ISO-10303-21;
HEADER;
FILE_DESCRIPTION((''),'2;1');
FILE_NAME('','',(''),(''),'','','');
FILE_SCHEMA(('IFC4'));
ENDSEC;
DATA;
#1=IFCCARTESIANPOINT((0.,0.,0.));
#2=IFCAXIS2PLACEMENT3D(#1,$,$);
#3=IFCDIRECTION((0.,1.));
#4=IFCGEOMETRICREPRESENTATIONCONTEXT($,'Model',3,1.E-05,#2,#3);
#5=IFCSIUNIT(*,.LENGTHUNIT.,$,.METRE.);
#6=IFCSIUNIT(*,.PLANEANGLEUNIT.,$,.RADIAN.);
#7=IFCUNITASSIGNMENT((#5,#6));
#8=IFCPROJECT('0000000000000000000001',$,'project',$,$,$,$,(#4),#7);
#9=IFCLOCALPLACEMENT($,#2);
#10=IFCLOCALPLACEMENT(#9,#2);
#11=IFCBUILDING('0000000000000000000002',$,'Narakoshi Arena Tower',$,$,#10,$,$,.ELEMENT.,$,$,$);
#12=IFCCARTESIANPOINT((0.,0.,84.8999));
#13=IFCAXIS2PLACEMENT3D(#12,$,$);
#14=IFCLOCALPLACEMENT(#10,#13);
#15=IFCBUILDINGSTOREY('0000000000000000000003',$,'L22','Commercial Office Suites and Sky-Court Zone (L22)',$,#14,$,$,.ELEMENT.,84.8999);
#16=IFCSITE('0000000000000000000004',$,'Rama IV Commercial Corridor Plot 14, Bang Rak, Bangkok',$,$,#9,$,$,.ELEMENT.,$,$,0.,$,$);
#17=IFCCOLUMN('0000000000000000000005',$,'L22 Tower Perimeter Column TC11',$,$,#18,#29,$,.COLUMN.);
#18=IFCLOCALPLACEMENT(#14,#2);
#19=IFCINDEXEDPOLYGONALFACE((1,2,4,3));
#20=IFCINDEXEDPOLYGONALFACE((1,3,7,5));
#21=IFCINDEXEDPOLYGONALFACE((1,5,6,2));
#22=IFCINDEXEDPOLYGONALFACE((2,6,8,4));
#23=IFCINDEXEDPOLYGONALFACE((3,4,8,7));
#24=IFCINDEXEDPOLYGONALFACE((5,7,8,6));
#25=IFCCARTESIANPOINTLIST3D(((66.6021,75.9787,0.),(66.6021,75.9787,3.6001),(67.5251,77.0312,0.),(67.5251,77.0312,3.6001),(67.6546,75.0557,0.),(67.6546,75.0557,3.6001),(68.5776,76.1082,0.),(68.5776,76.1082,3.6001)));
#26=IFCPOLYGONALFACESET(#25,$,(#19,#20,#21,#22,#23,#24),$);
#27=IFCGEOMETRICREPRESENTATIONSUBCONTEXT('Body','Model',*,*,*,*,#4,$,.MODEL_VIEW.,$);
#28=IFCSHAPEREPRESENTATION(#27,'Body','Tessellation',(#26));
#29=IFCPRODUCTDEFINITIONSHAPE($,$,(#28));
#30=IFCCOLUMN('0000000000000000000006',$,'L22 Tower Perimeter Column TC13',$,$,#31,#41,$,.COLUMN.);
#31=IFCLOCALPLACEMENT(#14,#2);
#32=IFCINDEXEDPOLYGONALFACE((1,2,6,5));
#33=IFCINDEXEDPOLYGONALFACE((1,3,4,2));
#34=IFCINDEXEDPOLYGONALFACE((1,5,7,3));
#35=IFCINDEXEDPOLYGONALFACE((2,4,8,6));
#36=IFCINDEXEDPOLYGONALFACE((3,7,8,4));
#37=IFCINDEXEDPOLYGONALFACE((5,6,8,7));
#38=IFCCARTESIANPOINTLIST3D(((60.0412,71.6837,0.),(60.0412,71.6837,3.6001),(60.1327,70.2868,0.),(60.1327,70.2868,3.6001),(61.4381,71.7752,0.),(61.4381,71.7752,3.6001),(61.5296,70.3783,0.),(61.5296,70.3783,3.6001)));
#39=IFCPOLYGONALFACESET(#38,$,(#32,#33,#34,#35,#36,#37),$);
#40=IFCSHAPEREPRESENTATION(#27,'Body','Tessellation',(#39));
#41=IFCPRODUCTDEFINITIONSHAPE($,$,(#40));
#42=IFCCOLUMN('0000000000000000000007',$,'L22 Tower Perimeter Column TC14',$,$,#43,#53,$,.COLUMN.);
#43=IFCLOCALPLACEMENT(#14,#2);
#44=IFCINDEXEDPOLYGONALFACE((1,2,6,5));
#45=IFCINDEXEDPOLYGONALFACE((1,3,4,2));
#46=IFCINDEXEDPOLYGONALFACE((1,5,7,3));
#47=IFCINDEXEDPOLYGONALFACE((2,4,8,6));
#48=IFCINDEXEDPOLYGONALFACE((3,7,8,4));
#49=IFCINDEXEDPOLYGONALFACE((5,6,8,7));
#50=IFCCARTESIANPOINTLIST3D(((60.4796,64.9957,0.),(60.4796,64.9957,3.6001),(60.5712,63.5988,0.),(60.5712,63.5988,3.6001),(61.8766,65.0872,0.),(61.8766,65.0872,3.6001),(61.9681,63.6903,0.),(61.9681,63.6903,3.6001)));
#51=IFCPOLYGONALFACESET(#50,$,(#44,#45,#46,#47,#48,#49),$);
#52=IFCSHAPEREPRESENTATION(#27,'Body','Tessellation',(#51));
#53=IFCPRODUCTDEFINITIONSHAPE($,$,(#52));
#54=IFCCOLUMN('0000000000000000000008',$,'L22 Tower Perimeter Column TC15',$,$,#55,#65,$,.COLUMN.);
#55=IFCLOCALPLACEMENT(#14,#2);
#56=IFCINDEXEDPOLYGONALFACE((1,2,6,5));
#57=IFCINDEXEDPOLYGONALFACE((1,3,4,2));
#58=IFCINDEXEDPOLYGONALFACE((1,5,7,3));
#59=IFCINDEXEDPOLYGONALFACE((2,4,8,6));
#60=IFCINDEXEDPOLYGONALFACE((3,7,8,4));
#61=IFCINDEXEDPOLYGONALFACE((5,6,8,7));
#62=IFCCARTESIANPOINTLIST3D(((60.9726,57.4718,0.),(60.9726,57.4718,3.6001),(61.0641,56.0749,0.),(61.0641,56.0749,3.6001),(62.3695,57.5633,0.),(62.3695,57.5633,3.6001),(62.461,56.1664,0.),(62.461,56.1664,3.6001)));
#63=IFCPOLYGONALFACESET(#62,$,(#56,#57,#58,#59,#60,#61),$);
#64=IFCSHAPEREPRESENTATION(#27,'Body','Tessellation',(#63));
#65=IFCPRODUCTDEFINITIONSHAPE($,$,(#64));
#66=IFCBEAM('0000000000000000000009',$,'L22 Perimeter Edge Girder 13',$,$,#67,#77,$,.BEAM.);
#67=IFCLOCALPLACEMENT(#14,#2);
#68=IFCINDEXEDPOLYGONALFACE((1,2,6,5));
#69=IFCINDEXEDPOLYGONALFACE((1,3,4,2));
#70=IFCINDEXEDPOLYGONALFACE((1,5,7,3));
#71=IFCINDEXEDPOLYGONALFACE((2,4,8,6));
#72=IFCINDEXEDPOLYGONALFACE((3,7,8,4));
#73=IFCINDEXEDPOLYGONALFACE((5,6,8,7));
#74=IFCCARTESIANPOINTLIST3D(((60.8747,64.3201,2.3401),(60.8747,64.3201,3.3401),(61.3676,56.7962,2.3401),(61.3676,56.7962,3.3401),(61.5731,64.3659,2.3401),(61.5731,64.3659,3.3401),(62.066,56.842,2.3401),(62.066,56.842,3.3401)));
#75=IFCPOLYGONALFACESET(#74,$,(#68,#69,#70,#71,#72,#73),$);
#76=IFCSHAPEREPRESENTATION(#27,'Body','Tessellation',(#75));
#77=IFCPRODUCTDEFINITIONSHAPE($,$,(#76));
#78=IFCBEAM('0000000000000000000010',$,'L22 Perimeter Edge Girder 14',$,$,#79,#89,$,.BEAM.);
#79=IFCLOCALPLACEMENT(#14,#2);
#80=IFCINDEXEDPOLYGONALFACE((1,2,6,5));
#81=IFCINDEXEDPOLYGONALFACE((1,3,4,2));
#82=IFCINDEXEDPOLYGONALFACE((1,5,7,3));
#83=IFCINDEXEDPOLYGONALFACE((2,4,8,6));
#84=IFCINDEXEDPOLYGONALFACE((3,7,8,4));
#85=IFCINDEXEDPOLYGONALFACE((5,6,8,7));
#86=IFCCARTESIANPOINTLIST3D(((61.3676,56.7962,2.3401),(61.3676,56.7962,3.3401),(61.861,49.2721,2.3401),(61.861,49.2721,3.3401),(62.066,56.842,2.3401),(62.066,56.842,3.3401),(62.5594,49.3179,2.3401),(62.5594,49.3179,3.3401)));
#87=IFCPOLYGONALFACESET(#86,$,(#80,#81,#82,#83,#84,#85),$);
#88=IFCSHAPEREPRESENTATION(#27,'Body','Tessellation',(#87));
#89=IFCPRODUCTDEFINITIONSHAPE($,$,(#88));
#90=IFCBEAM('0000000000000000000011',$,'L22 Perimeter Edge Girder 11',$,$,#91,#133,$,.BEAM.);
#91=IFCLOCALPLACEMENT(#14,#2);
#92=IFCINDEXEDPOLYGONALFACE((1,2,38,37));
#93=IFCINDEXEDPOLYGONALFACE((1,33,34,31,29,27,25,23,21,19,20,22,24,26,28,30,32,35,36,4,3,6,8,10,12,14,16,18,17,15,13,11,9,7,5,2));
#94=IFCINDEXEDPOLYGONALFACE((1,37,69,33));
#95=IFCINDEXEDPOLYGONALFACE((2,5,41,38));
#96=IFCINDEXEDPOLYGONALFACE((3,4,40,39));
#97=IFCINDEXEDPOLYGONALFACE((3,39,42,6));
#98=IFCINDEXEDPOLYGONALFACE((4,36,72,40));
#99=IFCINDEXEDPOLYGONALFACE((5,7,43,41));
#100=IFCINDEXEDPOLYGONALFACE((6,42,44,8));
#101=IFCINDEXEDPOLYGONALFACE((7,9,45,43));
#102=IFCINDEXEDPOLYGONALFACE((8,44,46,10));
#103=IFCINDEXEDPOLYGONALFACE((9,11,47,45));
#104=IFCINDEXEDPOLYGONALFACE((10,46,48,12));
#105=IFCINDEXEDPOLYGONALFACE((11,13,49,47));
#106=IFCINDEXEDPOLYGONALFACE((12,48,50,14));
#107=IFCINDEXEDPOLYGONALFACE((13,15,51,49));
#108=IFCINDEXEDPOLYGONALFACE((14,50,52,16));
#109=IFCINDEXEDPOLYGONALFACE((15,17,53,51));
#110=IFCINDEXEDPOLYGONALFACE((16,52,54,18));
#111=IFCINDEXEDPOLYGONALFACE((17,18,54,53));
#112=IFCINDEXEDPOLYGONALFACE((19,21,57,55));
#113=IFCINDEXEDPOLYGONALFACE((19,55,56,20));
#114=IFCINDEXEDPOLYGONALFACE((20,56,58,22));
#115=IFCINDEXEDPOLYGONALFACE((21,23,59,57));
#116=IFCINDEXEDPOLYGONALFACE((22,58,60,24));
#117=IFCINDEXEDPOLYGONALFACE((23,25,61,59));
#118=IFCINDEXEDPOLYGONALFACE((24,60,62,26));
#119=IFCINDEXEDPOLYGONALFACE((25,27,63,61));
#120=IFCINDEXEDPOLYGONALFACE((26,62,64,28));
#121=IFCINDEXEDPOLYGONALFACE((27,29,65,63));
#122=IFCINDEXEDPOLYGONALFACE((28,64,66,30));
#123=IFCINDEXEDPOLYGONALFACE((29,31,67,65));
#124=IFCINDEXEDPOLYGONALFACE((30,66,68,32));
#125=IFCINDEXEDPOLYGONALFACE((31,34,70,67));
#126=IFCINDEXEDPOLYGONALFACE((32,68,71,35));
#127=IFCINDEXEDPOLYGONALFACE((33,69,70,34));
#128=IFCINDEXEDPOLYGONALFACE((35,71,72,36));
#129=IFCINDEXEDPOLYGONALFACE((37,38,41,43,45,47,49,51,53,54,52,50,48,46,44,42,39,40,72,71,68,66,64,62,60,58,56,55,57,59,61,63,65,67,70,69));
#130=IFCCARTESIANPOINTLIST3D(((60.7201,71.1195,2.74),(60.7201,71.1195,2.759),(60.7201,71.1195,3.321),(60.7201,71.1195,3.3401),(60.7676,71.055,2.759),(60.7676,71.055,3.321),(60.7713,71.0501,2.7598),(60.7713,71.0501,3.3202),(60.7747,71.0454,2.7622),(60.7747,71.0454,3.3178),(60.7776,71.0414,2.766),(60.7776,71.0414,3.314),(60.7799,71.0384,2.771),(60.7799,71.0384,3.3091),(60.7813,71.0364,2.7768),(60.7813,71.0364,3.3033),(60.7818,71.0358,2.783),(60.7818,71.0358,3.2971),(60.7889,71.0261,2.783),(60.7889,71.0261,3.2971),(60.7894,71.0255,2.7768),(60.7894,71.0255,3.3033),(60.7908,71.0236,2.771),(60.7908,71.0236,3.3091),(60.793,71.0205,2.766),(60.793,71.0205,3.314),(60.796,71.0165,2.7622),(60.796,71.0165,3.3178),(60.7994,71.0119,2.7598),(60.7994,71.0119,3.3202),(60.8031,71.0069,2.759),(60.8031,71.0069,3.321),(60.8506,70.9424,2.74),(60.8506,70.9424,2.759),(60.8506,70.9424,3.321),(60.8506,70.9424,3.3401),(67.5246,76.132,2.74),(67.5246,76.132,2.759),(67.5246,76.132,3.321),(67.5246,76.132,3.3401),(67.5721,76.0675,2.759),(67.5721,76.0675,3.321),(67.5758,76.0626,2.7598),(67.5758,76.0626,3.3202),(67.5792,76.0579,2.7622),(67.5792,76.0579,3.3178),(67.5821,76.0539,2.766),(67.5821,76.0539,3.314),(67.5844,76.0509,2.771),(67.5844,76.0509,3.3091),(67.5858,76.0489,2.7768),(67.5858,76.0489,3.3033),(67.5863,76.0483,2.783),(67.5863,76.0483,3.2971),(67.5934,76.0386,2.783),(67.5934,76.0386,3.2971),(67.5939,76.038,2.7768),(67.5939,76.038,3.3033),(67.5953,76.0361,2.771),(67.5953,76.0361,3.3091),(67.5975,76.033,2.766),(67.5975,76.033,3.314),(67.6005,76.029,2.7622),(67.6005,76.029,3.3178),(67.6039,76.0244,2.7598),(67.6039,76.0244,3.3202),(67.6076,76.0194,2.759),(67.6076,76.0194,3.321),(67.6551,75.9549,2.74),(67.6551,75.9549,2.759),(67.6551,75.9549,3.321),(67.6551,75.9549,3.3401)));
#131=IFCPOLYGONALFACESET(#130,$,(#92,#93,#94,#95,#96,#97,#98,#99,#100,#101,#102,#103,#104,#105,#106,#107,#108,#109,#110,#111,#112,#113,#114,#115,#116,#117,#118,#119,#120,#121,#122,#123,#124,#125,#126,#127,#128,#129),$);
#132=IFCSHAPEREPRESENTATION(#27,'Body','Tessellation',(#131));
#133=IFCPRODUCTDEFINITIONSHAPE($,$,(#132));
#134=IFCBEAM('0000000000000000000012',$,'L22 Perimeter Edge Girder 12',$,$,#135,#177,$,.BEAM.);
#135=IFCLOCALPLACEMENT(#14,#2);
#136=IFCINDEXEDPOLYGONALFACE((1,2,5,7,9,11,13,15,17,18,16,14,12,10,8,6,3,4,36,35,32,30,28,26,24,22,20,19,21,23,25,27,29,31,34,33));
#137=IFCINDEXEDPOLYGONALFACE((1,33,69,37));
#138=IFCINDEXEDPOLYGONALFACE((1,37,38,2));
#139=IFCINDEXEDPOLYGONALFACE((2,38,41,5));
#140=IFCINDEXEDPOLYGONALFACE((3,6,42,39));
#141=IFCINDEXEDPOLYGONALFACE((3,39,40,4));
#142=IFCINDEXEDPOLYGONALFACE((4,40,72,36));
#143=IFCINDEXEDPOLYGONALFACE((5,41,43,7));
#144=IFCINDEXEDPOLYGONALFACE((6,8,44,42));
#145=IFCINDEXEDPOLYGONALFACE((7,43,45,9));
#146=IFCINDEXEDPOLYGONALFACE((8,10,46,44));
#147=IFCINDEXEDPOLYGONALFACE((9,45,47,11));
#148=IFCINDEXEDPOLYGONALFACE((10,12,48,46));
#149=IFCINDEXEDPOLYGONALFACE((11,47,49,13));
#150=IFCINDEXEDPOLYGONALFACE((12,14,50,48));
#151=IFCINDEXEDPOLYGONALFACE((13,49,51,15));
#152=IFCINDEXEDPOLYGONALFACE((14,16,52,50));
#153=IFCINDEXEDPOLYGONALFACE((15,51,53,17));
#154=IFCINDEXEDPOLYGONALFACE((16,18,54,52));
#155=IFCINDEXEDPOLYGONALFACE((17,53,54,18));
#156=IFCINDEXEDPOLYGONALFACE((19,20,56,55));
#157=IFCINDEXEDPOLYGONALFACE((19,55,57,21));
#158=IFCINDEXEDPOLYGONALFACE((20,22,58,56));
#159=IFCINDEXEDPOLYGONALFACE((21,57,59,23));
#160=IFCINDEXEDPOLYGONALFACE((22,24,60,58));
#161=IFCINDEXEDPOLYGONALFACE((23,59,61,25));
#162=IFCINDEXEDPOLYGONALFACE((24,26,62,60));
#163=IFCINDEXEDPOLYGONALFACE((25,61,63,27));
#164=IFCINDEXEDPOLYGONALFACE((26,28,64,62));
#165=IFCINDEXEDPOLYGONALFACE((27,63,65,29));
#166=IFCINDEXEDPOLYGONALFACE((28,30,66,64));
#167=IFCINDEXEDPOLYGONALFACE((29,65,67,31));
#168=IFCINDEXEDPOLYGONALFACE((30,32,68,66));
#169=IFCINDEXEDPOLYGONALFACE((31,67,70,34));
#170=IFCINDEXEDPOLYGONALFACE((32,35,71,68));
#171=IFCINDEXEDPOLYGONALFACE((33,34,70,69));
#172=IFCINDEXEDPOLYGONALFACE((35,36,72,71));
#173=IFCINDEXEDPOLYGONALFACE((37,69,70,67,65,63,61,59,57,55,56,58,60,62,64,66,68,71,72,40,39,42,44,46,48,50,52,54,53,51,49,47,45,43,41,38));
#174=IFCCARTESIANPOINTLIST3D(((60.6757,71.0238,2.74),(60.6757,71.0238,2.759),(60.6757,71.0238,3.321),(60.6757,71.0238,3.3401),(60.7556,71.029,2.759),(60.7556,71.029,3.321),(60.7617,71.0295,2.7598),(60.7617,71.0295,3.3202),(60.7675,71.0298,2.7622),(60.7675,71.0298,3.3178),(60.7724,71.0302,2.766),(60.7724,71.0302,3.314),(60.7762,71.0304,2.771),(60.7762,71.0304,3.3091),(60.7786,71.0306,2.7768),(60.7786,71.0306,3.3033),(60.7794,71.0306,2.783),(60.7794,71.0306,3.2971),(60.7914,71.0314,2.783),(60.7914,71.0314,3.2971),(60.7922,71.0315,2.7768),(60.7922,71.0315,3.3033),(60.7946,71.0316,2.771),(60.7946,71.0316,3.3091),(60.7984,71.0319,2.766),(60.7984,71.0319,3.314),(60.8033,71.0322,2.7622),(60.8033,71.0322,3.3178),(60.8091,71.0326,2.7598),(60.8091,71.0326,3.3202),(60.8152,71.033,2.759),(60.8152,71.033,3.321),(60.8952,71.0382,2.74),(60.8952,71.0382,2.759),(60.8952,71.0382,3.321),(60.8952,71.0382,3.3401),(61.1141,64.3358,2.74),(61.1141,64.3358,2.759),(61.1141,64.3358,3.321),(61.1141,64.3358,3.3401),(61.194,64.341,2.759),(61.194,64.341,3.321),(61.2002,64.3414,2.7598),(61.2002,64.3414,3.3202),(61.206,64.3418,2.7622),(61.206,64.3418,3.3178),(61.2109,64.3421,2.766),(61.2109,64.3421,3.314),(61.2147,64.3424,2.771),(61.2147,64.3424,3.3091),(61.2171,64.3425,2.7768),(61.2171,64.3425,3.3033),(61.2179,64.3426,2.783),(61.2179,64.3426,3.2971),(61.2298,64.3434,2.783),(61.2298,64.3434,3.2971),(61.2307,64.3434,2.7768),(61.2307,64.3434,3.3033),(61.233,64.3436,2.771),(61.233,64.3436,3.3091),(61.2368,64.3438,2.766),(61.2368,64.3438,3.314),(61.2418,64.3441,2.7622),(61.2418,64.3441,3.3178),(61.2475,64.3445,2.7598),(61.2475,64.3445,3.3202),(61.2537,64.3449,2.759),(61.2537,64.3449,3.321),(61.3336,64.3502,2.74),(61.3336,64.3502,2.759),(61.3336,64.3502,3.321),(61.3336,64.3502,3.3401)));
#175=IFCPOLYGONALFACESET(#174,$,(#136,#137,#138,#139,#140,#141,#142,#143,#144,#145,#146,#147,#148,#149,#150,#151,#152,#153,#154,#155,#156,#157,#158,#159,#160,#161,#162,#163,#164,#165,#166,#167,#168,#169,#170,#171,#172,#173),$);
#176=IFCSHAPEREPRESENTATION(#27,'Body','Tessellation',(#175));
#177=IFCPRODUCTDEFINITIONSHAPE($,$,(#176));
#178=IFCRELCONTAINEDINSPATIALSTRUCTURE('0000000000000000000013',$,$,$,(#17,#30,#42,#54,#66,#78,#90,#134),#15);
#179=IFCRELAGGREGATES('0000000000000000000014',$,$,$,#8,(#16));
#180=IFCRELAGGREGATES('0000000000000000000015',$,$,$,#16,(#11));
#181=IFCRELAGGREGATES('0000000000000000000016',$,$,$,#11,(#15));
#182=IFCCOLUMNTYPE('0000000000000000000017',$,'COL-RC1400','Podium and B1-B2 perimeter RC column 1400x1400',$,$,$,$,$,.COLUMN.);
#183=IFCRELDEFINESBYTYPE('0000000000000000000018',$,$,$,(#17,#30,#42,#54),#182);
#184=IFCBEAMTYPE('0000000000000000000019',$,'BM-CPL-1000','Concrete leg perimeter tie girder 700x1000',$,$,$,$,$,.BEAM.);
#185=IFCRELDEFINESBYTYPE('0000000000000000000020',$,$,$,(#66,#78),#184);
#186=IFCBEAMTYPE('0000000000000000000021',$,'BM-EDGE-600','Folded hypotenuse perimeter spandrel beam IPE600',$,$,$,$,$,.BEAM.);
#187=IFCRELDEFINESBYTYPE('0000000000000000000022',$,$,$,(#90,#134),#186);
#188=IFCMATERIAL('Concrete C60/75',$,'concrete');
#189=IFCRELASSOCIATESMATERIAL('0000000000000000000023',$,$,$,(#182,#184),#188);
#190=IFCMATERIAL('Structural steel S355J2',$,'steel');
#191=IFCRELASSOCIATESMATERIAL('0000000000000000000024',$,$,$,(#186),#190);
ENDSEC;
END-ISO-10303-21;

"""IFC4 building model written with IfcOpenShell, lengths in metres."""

from ifc_helpers import new_model, si_unit, direction, frame, origin, origin_2d, place, context, subcontext, project, spatial, rectangle, i_section, extrude, material, material_profile, profile_set, type_object, element, save


model = new_model("IFC4")

# Units and contexts
model_context = context("Model", 3, precision=1e-05, world=origin(), true_north=direction((0.0, 1.0)))
body_context = subcontext(model_context, "Body", "Model", "MODEL_VIEW")
ifc_project = project(units=[si_unit("LENGTHUNIT", "METRE"), si_unit("PLANEANGLEUNIT", "RADIAN")], contexts=[model_context])

# Site, building, storey
site_placement = place(None, origin())
site = spatial("IfcSite", under=ifc_project, at=site_placement, Name="Rama IV Commercial Corridor Plot 14, Bang Rak, Bangkok", CompositionType="ELEMENT", RefElevation=0.0)
building_placement = place(site_placement, origin())
building = spatial("IfcBuilding", under=site, at=building_placement, Name="Narakoshi Arena Tower", CompositionType="ELEMENT")
storey_placement = place(building_placement, frame((0.0, 0.0, 84.8999)))
storey = spatial("IfcBuildingStorey", under=building, at=storey_placement, Name="L22", Description="Commercial Office Suites and Sky-Court Zone (L22)", CompositionType="ELEMENT", Elevation=84.8999)

# Columns
ifc_material_1 = material(Name="Concrete C60/75", Category="concrete")
ifc_material_profile_1 = material_profile(ifc_material_1, rectangle(XDim=1.3999, YDim=1.3999, at=origin_2d()), Name="RC1400x1400")
ifc_profile_set_1 = profile_set([ifc_material_profile_1], Name="Concrete C60/75")
column_type = type_object("IfcColumnType", Name="COL-RC1400", Description="Podium and B1-B2 perimeter RC column 1400x1400", PredefinedType="COLUMN", material=ifc_profile_set_1)
for number, where, z_axis, x_axis, name in (
    (1, (67.5898, 76.0435, 0.0), (0.0, 0.0, 1.0), (0.659346, 0.75184, 0.0), "L22 Tower Perimeter Column TC11"),
    (2, (60.7854, 71.031, 0.0), (0.0, 0.0, 1.0), (-0.065403, 0.997859, 0.0), "L22 Tower Perimeter Column TC13"),
    (3, (61.2239, 64.343, 0.0), (0.0, 0.0, 1.0), (-0.065403, 0.997859, 0.0), "L22 Tower Perimeter Column TC14"),
    (4, (61.7168, 56.8191, 0.0), (0.0, 0.0, 1.0), (-0.065403, 0.997859, 0.0), "L22 Tower Perimeter Column TC15"),
):
    element("IfcColumn", number, at=place(storey_placement, frame(where, z_axis=z_axis, x_axis=x_axis)), inside=storey, type_object=column_type, Name=name, PredefinedType="COLUMN", context=body_context, shape_type="SweptSolid", body=[
        extrude(rectangle(XDim=1.3999, YDim=1.3999, at=origin_2d()), origin(), (0.0, 0.0, 1.0), 3.6001),
    ])

# Beams
ifc_material_profile_2 = material_profile(ifc_material_1, rectangle(XDim=0.7, YDim=1.0, at=origin_2d()), Name="RCB700x1000")
ifc_profile_set_2 = profile_set([ifc_material_profile_2], Name="Concrete C60/75")
beam_type_1 = type_object("IfcBeamType", Name="BM-CPL-1000", Description="Concrete leg perimeter tie girder 700x1000", PredefinedType="BEAM", material=ifc_profile_set_2)
beam_1_placement = place(storey_placement, frame((61.2239, 64.343, 2.8401), z_axis=(0.065374, -0.997861, 0.0), x_axis=(0.997861, 0.065374, 0.0)))
element("IfcBeam", 5, at=beam_1_placement, inside=storey, type_object=beam_type_1, Name="L22 Perimeter Edge Girder 13", PredefinedType="BEAM", context=body_context, shape_type="SweptSolid", body=[
    extrude(rectangle(XDim=0.7, YDim=1.0, at=origin_2d()), origin(), (0.0, 0.0, 1.0), 7.54),
])
beam_2_placement = place(storey_placement, frame((61.7168, 56.8191, 2.8401), z_axis=(0.065436, -0.997857, 0.0), x_axis=(0.997857, 0.065436, 0.0)))
element("IfcBeam", 6, at=beam_2_placement, inside=storey, type_object=beam_type_1, Name="L22 Perimeter Edge Girder 14", PredefinedType="BEAM", context=body_context, shape_type="SweptSolid", body=[
    extrude(rectangle(XDim=0.7, YDim=1.0, at=origin_2d()), origin(), (0.0, 0.0, 1.0), 7.5403),
])
ifc_material_2 = material(Name="Structural steel S355J2", Category="steel")
ifc_material_profile_3 = material_profile(ifc_material_2, i_section(OverallWidth=0.22, OverallDepth=0.6001, WebThickness=0.012, FlangeThickness=0.019, FilletRadius=0.0239, at=origin_2d()), Name="IPE600")
ifc_profile_set_3 = profile_set([ifc_material_profile_3], Name="Structural steel S355J2")
beam_type_2 = type_object("IfcBeamType", Name="BM-EDGE-600", Description="Folded hypotenuse perimeter spandrel beam IPE600", PredefinedType="BEAM", material=ifc_profile_set_3)
beam_3_placement = place(storey_placement, frame((67.5898, 76.0435, 3.04), z_axis=(-0.805132, -0.593096, 0.0), x_axis=(0.593096, -0.805132, 0.0)))
element("IfcBeam", 7, at=beam_3_placement, inside=storey, type_object=beam_type_2, Name="L22 Perimeter Edge Girder 11", PredefinedType="BEAM", context=body_context, shape_type="SweptSolid", body=[
    extrude(i_section(OverallWidth=0.22, OverallDepth=0.6001, WebThickness=0.012, FlangeThickness=0.019, FilletRadius=0.0239, at=origin_2d()), origin(), (0.0, 0.0, 1.0), 8.4514),
])
beam_4_placement = place(storey_placement, frame((60.7854, 71.031, 3.04), z_axis=(0.065421, -0.997858, 0.0), x_axis=(0.997858, 0.065421, 0.0)))
element("IfcBeam", 8, at=beam_4_placement, inside=storey, type_object=beam_type_2, Name="L22 Perimeter Edge Girder 12", PredefinedType="BEAM", context=body_context, shape_type="SweptSolid", body=[
    extrude(i_section(OverallWidth=0.22, OverallDepth=0.6001, WebThickness=0.012, FlangeThickness=0.019, FilletRadius=0.0239, at=origin_2d()), origin(), (0.0, 0.0, 1.0), 6.7024),
])

save(model, "model.ifc")
